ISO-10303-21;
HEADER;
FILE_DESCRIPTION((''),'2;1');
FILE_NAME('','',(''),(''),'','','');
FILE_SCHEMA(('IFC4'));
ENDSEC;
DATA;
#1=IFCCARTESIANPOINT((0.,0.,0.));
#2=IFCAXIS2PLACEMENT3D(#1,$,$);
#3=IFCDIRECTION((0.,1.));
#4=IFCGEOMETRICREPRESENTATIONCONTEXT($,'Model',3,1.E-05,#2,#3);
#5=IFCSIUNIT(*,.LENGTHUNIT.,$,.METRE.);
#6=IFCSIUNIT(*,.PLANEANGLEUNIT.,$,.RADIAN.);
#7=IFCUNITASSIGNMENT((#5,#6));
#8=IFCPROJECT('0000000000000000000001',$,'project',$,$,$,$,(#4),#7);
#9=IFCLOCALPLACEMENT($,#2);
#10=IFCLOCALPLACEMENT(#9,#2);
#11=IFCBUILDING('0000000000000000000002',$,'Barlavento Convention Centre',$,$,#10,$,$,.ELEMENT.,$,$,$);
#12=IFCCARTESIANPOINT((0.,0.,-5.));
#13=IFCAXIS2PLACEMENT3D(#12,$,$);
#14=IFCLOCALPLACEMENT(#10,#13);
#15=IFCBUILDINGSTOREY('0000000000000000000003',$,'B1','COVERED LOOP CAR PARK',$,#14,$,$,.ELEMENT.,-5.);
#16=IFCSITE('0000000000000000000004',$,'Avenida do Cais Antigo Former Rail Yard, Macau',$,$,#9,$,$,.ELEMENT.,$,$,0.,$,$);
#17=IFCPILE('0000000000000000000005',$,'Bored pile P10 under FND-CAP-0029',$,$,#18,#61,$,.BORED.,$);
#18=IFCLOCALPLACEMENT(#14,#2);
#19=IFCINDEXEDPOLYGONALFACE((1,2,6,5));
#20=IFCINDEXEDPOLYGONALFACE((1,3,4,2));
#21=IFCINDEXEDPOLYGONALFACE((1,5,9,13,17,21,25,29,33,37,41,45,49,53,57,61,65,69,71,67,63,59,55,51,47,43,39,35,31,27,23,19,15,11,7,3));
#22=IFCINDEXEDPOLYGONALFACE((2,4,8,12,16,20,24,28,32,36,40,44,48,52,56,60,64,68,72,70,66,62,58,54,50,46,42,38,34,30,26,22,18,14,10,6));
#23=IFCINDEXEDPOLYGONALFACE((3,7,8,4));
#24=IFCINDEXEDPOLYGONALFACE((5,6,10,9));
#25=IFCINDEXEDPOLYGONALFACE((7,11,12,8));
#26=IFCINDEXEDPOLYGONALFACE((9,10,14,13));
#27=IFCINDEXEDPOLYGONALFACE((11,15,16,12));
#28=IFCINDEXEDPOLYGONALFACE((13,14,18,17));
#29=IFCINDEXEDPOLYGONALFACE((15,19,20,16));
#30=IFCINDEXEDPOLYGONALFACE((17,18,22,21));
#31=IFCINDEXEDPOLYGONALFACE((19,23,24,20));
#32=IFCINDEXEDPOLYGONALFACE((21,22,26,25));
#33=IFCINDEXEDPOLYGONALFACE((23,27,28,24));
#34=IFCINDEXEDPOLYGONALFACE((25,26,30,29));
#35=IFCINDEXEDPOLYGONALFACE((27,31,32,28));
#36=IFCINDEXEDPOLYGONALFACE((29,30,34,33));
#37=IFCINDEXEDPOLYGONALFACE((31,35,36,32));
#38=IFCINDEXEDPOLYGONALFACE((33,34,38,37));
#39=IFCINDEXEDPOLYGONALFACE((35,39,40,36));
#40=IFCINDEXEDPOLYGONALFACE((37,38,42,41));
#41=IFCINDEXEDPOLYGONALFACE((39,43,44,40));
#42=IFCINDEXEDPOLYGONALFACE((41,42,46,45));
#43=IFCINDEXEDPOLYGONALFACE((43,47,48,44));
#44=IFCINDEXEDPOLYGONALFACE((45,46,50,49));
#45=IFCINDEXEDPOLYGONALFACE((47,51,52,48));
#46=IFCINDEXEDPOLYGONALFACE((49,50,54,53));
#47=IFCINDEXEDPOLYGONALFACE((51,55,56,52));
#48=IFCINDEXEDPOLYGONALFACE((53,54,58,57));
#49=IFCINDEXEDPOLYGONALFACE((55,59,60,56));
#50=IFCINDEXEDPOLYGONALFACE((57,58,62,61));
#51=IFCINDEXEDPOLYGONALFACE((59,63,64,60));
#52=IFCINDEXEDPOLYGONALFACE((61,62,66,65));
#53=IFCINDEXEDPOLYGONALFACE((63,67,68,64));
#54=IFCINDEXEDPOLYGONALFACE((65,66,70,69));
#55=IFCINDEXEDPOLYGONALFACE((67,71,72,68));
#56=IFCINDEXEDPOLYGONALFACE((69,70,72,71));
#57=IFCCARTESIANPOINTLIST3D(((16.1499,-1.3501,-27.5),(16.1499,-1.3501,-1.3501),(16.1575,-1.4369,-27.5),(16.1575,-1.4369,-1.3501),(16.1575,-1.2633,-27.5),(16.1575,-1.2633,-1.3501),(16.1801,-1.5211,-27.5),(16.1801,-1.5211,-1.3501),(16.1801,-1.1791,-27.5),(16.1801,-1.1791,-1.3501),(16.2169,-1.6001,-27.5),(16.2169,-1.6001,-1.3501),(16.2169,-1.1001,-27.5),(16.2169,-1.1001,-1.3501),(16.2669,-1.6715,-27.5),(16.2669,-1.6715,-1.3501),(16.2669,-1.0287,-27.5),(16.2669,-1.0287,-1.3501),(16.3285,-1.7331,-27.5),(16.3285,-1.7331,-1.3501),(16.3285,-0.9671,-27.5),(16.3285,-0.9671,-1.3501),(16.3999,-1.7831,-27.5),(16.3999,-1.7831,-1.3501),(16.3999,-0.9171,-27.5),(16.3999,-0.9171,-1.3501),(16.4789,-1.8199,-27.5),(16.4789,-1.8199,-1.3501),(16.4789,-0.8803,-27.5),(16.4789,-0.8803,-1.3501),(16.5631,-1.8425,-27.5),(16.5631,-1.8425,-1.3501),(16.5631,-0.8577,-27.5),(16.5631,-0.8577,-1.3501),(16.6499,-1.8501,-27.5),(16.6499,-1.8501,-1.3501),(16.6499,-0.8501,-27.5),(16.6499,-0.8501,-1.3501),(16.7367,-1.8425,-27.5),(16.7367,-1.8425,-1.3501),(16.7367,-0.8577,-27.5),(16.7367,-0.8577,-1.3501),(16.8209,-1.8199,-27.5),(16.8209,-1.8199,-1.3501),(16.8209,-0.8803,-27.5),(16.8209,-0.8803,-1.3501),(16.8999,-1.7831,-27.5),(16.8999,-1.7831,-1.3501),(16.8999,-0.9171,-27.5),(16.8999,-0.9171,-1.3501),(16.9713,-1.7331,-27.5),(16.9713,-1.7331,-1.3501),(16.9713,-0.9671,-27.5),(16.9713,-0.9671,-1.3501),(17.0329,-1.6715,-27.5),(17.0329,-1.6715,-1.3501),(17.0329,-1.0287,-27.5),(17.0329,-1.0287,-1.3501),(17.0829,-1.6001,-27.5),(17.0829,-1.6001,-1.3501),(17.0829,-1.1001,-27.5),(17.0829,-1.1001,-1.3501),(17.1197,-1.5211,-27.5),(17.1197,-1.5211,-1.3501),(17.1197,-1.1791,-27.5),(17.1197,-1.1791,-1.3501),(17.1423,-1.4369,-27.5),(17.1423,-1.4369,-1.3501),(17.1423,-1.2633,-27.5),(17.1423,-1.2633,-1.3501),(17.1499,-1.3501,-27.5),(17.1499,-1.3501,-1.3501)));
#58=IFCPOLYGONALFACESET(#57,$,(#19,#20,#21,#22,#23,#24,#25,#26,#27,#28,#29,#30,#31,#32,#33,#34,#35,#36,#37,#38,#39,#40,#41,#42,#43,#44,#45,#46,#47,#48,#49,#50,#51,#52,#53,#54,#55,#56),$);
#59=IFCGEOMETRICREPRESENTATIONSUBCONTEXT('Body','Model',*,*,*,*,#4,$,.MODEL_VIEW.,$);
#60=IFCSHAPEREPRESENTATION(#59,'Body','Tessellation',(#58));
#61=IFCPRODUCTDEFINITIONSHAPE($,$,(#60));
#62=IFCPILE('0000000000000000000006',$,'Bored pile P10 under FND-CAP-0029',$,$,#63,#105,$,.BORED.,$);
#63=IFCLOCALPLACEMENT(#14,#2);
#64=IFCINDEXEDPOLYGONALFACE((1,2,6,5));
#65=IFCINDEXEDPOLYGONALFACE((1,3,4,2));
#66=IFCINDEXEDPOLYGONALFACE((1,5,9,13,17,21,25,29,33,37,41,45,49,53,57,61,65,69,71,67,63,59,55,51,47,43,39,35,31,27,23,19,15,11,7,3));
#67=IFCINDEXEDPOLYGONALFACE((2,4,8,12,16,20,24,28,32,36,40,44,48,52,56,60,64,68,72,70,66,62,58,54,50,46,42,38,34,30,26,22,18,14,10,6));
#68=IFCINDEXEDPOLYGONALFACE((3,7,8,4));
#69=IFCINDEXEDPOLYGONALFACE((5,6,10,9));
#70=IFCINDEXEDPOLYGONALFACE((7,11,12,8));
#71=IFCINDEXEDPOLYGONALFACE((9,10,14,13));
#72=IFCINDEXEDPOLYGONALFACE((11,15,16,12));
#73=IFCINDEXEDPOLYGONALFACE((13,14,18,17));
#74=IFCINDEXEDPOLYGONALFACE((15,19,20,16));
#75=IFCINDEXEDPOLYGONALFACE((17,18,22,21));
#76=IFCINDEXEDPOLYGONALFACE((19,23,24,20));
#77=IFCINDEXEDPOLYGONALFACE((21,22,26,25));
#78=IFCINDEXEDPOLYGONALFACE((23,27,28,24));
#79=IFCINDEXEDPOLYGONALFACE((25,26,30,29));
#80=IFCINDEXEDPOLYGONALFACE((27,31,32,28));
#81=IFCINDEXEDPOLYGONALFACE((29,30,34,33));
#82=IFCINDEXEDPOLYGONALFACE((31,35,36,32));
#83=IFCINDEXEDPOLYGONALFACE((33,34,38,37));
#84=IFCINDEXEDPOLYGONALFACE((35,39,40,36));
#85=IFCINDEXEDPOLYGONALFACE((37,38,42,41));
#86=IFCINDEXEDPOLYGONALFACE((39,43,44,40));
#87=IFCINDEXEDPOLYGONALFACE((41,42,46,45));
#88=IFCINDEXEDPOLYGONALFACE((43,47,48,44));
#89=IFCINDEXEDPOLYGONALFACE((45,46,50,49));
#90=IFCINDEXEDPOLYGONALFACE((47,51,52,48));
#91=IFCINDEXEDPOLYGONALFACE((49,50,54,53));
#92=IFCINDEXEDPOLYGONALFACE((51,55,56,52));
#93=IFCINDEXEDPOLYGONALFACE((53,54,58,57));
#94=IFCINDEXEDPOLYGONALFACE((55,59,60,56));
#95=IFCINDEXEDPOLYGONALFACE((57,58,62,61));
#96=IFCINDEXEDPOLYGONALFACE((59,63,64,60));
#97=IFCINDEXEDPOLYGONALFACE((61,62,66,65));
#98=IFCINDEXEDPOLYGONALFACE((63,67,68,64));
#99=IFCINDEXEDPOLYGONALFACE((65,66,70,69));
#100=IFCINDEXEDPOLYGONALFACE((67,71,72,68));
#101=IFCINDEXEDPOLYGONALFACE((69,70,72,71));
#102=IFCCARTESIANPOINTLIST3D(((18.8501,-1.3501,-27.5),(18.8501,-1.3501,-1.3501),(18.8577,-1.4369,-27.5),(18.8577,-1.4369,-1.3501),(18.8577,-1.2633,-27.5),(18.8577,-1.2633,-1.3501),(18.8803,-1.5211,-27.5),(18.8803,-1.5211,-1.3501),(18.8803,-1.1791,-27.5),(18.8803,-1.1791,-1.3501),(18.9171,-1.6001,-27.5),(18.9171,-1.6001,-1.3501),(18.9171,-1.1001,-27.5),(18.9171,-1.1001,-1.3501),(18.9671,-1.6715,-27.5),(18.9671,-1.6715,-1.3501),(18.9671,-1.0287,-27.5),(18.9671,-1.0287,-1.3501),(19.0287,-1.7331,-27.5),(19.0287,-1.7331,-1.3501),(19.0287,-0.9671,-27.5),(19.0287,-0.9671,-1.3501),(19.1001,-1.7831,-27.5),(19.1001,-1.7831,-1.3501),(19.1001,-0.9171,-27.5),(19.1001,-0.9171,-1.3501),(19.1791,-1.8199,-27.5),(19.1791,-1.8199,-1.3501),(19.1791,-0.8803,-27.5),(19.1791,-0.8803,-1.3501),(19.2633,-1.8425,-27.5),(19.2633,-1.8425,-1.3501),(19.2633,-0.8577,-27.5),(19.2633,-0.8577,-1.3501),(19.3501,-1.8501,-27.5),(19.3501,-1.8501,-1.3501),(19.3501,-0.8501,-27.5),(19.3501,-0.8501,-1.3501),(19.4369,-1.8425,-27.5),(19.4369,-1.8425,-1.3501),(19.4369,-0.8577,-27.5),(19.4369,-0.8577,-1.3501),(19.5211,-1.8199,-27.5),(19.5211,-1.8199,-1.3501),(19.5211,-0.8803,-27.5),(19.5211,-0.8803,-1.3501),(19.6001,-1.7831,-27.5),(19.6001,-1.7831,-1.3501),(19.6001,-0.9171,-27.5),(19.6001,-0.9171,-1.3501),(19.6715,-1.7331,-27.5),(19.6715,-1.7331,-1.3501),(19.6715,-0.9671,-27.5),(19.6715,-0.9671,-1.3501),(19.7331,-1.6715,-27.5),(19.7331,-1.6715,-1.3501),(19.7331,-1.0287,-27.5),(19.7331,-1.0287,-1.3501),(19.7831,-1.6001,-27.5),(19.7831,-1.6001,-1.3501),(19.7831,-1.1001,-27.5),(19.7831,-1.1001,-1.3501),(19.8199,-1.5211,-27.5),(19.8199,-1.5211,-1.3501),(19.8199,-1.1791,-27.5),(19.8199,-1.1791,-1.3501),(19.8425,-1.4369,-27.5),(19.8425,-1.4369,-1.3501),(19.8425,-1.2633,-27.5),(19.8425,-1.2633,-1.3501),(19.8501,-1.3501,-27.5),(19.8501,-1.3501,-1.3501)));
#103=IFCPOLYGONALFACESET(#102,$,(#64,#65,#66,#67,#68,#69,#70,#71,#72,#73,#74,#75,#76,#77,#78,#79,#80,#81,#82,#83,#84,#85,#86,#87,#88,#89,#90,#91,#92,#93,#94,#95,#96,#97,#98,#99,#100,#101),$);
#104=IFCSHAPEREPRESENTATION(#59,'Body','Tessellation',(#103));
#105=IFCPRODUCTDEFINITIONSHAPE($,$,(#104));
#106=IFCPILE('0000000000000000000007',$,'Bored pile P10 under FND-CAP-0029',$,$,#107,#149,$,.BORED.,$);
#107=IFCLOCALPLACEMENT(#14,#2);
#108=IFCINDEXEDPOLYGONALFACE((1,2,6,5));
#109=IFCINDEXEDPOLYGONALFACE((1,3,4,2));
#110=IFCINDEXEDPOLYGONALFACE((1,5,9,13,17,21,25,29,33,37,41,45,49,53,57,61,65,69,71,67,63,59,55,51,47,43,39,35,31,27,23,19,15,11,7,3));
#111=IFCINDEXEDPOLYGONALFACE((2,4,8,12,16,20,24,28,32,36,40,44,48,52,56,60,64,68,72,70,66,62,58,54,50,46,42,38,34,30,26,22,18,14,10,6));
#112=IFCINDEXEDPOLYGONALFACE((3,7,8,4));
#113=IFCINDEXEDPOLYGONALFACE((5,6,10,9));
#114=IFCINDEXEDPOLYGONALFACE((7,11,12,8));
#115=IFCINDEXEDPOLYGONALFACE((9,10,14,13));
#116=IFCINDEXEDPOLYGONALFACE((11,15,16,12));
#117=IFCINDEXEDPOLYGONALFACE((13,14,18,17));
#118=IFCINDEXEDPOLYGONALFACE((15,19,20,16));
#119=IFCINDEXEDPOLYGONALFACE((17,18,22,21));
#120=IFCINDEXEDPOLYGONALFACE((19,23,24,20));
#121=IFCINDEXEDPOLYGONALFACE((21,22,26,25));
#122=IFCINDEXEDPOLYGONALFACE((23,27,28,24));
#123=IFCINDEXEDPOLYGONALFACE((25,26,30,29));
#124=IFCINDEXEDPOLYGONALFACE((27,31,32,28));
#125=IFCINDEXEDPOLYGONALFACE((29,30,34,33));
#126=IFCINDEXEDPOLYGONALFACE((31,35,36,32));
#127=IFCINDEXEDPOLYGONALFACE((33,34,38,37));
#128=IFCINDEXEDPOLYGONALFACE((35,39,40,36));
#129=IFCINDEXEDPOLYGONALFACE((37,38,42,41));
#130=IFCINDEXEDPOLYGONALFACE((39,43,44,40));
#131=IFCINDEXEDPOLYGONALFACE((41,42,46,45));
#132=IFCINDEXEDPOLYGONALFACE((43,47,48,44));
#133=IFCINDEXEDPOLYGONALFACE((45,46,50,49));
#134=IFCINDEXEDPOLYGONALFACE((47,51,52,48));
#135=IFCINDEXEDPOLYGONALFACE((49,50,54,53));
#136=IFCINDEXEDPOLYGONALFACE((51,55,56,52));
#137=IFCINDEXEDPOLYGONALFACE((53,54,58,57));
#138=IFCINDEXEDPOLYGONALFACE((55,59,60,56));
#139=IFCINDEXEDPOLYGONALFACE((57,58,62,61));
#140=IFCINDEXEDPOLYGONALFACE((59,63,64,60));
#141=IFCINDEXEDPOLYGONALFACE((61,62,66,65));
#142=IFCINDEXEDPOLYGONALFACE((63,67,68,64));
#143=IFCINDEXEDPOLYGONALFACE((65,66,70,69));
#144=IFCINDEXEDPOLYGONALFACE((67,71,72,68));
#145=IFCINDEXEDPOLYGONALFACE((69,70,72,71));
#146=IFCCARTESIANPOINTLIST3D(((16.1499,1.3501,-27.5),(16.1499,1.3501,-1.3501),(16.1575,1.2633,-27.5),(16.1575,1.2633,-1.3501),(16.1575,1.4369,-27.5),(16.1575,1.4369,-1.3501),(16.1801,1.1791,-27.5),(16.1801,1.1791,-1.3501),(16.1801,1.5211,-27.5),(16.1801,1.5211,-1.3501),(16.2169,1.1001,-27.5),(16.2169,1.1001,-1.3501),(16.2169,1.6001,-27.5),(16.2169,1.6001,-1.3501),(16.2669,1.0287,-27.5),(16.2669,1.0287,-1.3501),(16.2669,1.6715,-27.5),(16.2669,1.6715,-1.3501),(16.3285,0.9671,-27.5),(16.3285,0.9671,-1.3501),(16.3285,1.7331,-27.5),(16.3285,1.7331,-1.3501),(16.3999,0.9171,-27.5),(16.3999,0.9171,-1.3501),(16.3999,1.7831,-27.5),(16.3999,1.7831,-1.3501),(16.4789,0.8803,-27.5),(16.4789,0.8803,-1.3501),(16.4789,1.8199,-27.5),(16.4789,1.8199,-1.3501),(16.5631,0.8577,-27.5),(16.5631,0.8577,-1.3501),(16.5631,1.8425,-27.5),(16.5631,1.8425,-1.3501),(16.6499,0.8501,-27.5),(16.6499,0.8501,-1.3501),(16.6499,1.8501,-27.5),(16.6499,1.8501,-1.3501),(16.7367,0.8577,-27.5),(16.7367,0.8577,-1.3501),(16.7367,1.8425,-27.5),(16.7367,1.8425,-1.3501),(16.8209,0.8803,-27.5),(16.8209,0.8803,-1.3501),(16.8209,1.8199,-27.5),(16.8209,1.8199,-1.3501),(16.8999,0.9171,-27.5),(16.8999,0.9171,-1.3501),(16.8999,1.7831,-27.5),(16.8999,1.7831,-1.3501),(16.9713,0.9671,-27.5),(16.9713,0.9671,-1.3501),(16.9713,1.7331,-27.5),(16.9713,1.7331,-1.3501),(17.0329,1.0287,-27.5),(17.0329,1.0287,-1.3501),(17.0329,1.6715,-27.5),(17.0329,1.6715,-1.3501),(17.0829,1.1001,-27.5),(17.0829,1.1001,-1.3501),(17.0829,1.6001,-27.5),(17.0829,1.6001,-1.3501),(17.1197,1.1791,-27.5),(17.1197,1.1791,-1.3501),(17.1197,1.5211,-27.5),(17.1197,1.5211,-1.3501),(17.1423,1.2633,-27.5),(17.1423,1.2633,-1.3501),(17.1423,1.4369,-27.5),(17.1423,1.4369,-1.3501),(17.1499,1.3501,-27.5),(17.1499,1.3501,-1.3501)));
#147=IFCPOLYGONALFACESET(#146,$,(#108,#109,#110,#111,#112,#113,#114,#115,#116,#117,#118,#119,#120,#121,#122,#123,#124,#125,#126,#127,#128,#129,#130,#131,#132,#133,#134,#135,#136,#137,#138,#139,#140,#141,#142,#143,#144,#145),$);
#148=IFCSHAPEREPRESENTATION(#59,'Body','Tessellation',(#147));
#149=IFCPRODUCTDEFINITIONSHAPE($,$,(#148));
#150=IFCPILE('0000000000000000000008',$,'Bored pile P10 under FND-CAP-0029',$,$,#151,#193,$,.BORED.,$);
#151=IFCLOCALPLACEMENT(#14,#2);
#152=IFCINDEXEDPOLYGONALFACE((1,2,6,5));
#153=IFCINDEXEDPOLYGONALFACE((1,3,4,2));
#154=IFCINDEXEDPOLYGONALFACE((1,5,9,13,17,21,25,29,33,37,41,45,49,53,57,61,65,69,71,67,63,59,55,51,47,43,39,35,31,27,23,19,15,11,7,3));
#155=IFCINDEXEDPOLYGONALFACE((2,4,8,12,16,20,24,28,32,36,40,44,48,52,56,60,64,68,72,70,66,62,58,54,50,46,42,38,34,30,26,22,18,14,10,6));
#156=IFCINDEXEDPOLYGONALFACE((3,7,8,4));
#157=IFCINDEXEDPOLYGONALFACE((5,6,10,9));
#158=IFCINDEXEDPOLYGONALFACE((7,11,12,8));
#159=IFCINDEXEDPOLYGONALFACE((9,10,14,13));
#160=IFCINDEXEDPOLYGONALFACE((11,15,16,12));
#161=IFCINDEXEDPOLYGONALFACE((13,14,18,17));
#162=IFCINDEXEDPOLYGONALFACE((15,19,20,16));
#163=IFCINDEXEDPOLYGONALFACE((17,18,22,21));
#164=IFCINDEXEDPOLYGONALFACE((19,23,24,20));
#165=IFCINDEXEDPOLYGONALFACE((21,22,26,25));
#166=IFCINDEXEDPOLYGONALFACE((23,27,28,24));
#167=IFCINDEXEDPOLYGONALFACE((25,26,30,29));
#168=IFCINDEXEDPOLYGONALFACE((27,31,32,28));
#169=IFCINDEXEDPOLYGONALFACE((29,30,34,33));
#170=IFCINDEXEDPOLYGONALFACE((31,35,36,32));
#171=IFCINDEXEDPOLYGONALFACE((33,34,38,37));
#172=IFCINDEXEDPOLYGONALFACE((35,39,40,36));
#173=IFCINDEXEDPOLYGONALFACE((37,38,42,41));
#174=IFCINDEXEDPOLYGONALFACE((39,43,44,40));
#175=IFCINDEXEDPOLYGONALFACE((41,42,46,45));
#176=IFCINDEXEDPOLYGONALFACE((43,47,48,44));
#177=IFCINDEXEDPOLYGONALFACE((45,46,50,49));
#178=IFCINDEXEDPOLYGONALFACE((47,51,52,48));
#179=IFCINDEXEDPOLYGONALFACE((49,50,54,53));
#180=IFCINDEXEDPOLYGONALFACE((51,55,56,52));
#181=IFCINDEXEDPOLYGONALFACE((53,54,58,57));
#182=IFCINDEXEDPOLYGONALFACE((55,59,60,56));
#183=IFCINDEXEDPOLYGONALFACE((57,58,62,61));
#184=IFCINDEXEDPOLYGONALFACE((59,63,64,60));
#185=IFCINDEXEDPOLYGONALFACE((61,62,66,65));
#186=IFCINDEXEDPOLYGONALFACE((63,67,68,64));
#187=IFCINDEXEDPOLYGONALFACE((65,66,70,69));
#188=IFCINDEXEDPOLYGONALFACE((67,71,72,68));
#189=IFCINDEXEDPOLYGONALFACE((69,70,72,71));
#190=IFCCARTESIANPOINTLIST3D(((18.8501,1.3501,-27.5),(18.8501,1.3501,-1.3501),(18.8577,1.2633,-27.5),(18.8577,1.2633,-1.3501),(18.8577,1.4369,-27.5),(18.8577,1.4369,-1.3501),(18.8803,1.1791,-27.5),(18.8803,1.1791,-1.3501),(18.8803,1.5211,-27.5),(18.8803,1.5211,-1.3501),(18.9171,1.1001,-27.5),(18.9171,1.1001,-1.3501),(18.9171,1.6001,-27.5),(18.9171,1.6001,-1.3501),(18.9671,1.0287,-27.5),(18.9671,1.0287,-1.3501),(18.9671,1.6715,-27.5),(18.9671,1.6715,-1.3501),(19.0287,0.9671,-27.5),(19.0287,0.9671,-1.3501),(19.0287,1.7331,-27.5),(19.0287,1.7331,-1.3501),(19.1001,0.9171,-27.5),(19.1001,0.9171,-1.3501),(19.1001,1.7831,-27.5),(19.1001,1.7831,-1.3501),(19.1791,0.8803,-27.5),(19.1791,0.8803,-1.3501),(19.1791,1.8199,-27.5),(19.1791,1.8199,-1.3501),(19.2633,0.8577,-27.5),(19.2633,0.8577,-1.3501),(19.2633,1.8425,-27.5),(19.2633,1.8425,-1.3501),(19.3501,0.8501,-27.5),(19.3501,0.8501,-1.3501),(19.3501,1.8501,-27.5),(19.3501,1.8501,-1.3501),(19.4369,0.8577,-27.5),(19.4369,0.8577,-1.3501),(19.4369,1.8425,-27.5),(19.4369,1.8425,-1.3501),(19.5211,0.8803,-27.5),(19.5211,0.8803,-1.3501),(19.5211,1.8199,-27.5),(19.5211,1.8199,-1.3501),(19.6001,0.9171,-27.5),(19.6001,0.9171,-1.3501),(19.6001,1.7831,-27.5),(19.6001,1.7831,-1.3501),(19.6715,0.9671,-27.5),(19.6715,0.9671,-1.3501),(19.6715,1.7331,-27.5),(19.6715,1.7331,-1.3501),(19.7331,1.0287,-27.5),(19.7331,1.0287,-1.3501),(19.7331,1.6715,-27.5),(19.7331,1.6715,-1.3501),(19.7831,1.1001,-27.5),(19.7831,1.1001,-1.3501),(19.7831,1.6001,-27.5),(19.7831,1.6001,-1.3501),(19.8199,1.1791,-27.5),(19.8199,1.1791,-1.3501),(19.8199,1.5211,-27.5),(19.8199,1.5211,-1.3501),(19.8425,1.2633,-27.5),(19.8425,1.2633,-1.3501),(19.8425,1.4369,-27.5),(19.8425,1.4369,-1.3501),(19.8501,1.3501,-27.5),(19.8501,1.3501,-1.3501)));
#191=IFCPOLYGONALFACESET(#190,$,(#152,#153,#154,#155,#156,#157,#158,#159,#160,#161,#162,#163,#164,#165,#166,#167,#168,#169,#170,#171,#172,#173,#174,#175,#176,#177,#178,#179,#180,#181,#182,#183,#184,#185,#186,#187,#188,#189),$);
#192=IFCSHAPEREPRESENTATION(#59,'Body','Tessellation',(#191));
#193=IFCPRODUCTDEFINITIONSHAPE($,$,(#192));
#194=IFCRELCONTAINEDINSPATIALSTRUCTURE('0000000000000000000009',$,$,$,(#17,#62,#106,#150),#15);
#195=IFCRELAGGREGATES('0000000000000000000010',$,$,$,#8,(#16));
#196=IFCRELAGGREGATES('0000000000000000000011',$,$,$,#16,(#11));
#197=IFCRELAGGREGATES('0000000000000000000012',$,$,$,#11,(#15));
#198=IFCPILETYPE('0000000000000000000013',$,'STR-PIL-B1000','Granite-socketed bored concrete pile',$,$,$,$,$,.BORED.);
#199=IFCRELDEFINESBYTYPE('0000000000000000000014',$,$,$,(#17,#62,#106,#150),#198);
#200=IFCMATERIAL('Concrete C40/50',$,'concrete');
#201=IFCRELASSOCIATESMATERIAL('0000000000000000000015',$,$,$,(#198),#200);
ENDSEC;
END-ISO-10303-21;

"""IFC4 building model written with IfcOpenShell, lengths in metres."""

from ifc_helpers import new_model, si_unit, direction, frame, origin, origin_2d, place, context, subcontext, project, spatial, circle, extrude, material, material_profile, profile_set, type_object, element, save


model = new_model("IFC4")

# Units and contexts
model_context = context("Model", 3, precision=1e-05, world=origin(), true_north=direction((0.0, 1.0)))
body_context = subcontext(model_context, "Body", "Model", "MODEL_VIEW")
ifc_project = project(units=[si_unit("LENGTHUNIT", "METRE"), si_unit("PLANEANGLEUNIT", "RADIAN")], contexts=[model_context])

# Site, building, storey
site_placement = place(None, origin())
site = spatial("IfcSite", under=ifc_project, at=site_placement, Name="Avenida do Cais Antigo Former Rail Yard, Macau", CompositionType="ELEMENT", RefElevation=0.0)
building_placement = place(site_placement, origin())
building = spatial("IfcBuilding", under=site, at=building_placement, Name="Barlavento Convention Centre", CompositionType="ELEMENT")
storey_placement = place(building_placement, frame((0.0, 0.0, -5.0)))
storey = spatial("IfcBuildingStorey", under=building, at=storey_placement, Name="B1", Description="COVERED LOOP CAR PARK", CompositionType="ELEMENT", Elevation=-5.0)

# Shared definitions
ifc_material_1 = material(Name="Concrete C40/50", Category="concrete")

# Piles
ifc_material_profile_1 = material_profile(ifc_material_1, circle(Radius=0.5, at=origin_2d()), Name="BORED PILE 1000")
ifc_profile_set_1 = profile_set([ifc_material_profile_1], Name="Concrete C40/50")
pile_type_1 = type_object("IfcPileType", Name="STR-PIL-B1000", Description="Granite-socketed bored concrete pile", PredefinedType="BORED", material=ifc_profile_set_1)
for number, where, z_axis, x_axis, name in (
    (1, (16.6499, -1.3501, -1.3501), (0.0, 0.0, -1.0), (1.0, 0.0, 0.0), "Bored pile P10 under FND-CAP-0029"),
    (2, (19.3501, -1.3501, -1.3501), (0.0, 0.0, -1.0), (1.0, 0.0, 0.0), "Bored pile P10 under FND-CAP-0029"),
    (3, (16.6499, 1.3501, -1.3501), (0.0, 0.0, -1.0), (1.0, 0.0, 0.0), "Bored pile P10 under FND-CAP-0029"),
    (4, (19.3501, 1.3501, -1.3501), (0.0, 0.0, -1.0), (1.0, 0.0, 0.0), "Bored pile P10 under FND-CAP-0029"),
):
    element("IfcPile", number, at=place(storey_placement, frame(where, z_axis=z_axis, x_axis=x_axis)), inside=storey, type_object=pile_type_1, Name=name, PredefinedType="BORED", context=body_context, shape_type="SweptSolid", body=[
        extrude(circle(Radius=0.5, at=origin_2d()), origin(), (0.0, 0.0, 1.0), 26.1499),
    ])

save(model, "model.ifc")
